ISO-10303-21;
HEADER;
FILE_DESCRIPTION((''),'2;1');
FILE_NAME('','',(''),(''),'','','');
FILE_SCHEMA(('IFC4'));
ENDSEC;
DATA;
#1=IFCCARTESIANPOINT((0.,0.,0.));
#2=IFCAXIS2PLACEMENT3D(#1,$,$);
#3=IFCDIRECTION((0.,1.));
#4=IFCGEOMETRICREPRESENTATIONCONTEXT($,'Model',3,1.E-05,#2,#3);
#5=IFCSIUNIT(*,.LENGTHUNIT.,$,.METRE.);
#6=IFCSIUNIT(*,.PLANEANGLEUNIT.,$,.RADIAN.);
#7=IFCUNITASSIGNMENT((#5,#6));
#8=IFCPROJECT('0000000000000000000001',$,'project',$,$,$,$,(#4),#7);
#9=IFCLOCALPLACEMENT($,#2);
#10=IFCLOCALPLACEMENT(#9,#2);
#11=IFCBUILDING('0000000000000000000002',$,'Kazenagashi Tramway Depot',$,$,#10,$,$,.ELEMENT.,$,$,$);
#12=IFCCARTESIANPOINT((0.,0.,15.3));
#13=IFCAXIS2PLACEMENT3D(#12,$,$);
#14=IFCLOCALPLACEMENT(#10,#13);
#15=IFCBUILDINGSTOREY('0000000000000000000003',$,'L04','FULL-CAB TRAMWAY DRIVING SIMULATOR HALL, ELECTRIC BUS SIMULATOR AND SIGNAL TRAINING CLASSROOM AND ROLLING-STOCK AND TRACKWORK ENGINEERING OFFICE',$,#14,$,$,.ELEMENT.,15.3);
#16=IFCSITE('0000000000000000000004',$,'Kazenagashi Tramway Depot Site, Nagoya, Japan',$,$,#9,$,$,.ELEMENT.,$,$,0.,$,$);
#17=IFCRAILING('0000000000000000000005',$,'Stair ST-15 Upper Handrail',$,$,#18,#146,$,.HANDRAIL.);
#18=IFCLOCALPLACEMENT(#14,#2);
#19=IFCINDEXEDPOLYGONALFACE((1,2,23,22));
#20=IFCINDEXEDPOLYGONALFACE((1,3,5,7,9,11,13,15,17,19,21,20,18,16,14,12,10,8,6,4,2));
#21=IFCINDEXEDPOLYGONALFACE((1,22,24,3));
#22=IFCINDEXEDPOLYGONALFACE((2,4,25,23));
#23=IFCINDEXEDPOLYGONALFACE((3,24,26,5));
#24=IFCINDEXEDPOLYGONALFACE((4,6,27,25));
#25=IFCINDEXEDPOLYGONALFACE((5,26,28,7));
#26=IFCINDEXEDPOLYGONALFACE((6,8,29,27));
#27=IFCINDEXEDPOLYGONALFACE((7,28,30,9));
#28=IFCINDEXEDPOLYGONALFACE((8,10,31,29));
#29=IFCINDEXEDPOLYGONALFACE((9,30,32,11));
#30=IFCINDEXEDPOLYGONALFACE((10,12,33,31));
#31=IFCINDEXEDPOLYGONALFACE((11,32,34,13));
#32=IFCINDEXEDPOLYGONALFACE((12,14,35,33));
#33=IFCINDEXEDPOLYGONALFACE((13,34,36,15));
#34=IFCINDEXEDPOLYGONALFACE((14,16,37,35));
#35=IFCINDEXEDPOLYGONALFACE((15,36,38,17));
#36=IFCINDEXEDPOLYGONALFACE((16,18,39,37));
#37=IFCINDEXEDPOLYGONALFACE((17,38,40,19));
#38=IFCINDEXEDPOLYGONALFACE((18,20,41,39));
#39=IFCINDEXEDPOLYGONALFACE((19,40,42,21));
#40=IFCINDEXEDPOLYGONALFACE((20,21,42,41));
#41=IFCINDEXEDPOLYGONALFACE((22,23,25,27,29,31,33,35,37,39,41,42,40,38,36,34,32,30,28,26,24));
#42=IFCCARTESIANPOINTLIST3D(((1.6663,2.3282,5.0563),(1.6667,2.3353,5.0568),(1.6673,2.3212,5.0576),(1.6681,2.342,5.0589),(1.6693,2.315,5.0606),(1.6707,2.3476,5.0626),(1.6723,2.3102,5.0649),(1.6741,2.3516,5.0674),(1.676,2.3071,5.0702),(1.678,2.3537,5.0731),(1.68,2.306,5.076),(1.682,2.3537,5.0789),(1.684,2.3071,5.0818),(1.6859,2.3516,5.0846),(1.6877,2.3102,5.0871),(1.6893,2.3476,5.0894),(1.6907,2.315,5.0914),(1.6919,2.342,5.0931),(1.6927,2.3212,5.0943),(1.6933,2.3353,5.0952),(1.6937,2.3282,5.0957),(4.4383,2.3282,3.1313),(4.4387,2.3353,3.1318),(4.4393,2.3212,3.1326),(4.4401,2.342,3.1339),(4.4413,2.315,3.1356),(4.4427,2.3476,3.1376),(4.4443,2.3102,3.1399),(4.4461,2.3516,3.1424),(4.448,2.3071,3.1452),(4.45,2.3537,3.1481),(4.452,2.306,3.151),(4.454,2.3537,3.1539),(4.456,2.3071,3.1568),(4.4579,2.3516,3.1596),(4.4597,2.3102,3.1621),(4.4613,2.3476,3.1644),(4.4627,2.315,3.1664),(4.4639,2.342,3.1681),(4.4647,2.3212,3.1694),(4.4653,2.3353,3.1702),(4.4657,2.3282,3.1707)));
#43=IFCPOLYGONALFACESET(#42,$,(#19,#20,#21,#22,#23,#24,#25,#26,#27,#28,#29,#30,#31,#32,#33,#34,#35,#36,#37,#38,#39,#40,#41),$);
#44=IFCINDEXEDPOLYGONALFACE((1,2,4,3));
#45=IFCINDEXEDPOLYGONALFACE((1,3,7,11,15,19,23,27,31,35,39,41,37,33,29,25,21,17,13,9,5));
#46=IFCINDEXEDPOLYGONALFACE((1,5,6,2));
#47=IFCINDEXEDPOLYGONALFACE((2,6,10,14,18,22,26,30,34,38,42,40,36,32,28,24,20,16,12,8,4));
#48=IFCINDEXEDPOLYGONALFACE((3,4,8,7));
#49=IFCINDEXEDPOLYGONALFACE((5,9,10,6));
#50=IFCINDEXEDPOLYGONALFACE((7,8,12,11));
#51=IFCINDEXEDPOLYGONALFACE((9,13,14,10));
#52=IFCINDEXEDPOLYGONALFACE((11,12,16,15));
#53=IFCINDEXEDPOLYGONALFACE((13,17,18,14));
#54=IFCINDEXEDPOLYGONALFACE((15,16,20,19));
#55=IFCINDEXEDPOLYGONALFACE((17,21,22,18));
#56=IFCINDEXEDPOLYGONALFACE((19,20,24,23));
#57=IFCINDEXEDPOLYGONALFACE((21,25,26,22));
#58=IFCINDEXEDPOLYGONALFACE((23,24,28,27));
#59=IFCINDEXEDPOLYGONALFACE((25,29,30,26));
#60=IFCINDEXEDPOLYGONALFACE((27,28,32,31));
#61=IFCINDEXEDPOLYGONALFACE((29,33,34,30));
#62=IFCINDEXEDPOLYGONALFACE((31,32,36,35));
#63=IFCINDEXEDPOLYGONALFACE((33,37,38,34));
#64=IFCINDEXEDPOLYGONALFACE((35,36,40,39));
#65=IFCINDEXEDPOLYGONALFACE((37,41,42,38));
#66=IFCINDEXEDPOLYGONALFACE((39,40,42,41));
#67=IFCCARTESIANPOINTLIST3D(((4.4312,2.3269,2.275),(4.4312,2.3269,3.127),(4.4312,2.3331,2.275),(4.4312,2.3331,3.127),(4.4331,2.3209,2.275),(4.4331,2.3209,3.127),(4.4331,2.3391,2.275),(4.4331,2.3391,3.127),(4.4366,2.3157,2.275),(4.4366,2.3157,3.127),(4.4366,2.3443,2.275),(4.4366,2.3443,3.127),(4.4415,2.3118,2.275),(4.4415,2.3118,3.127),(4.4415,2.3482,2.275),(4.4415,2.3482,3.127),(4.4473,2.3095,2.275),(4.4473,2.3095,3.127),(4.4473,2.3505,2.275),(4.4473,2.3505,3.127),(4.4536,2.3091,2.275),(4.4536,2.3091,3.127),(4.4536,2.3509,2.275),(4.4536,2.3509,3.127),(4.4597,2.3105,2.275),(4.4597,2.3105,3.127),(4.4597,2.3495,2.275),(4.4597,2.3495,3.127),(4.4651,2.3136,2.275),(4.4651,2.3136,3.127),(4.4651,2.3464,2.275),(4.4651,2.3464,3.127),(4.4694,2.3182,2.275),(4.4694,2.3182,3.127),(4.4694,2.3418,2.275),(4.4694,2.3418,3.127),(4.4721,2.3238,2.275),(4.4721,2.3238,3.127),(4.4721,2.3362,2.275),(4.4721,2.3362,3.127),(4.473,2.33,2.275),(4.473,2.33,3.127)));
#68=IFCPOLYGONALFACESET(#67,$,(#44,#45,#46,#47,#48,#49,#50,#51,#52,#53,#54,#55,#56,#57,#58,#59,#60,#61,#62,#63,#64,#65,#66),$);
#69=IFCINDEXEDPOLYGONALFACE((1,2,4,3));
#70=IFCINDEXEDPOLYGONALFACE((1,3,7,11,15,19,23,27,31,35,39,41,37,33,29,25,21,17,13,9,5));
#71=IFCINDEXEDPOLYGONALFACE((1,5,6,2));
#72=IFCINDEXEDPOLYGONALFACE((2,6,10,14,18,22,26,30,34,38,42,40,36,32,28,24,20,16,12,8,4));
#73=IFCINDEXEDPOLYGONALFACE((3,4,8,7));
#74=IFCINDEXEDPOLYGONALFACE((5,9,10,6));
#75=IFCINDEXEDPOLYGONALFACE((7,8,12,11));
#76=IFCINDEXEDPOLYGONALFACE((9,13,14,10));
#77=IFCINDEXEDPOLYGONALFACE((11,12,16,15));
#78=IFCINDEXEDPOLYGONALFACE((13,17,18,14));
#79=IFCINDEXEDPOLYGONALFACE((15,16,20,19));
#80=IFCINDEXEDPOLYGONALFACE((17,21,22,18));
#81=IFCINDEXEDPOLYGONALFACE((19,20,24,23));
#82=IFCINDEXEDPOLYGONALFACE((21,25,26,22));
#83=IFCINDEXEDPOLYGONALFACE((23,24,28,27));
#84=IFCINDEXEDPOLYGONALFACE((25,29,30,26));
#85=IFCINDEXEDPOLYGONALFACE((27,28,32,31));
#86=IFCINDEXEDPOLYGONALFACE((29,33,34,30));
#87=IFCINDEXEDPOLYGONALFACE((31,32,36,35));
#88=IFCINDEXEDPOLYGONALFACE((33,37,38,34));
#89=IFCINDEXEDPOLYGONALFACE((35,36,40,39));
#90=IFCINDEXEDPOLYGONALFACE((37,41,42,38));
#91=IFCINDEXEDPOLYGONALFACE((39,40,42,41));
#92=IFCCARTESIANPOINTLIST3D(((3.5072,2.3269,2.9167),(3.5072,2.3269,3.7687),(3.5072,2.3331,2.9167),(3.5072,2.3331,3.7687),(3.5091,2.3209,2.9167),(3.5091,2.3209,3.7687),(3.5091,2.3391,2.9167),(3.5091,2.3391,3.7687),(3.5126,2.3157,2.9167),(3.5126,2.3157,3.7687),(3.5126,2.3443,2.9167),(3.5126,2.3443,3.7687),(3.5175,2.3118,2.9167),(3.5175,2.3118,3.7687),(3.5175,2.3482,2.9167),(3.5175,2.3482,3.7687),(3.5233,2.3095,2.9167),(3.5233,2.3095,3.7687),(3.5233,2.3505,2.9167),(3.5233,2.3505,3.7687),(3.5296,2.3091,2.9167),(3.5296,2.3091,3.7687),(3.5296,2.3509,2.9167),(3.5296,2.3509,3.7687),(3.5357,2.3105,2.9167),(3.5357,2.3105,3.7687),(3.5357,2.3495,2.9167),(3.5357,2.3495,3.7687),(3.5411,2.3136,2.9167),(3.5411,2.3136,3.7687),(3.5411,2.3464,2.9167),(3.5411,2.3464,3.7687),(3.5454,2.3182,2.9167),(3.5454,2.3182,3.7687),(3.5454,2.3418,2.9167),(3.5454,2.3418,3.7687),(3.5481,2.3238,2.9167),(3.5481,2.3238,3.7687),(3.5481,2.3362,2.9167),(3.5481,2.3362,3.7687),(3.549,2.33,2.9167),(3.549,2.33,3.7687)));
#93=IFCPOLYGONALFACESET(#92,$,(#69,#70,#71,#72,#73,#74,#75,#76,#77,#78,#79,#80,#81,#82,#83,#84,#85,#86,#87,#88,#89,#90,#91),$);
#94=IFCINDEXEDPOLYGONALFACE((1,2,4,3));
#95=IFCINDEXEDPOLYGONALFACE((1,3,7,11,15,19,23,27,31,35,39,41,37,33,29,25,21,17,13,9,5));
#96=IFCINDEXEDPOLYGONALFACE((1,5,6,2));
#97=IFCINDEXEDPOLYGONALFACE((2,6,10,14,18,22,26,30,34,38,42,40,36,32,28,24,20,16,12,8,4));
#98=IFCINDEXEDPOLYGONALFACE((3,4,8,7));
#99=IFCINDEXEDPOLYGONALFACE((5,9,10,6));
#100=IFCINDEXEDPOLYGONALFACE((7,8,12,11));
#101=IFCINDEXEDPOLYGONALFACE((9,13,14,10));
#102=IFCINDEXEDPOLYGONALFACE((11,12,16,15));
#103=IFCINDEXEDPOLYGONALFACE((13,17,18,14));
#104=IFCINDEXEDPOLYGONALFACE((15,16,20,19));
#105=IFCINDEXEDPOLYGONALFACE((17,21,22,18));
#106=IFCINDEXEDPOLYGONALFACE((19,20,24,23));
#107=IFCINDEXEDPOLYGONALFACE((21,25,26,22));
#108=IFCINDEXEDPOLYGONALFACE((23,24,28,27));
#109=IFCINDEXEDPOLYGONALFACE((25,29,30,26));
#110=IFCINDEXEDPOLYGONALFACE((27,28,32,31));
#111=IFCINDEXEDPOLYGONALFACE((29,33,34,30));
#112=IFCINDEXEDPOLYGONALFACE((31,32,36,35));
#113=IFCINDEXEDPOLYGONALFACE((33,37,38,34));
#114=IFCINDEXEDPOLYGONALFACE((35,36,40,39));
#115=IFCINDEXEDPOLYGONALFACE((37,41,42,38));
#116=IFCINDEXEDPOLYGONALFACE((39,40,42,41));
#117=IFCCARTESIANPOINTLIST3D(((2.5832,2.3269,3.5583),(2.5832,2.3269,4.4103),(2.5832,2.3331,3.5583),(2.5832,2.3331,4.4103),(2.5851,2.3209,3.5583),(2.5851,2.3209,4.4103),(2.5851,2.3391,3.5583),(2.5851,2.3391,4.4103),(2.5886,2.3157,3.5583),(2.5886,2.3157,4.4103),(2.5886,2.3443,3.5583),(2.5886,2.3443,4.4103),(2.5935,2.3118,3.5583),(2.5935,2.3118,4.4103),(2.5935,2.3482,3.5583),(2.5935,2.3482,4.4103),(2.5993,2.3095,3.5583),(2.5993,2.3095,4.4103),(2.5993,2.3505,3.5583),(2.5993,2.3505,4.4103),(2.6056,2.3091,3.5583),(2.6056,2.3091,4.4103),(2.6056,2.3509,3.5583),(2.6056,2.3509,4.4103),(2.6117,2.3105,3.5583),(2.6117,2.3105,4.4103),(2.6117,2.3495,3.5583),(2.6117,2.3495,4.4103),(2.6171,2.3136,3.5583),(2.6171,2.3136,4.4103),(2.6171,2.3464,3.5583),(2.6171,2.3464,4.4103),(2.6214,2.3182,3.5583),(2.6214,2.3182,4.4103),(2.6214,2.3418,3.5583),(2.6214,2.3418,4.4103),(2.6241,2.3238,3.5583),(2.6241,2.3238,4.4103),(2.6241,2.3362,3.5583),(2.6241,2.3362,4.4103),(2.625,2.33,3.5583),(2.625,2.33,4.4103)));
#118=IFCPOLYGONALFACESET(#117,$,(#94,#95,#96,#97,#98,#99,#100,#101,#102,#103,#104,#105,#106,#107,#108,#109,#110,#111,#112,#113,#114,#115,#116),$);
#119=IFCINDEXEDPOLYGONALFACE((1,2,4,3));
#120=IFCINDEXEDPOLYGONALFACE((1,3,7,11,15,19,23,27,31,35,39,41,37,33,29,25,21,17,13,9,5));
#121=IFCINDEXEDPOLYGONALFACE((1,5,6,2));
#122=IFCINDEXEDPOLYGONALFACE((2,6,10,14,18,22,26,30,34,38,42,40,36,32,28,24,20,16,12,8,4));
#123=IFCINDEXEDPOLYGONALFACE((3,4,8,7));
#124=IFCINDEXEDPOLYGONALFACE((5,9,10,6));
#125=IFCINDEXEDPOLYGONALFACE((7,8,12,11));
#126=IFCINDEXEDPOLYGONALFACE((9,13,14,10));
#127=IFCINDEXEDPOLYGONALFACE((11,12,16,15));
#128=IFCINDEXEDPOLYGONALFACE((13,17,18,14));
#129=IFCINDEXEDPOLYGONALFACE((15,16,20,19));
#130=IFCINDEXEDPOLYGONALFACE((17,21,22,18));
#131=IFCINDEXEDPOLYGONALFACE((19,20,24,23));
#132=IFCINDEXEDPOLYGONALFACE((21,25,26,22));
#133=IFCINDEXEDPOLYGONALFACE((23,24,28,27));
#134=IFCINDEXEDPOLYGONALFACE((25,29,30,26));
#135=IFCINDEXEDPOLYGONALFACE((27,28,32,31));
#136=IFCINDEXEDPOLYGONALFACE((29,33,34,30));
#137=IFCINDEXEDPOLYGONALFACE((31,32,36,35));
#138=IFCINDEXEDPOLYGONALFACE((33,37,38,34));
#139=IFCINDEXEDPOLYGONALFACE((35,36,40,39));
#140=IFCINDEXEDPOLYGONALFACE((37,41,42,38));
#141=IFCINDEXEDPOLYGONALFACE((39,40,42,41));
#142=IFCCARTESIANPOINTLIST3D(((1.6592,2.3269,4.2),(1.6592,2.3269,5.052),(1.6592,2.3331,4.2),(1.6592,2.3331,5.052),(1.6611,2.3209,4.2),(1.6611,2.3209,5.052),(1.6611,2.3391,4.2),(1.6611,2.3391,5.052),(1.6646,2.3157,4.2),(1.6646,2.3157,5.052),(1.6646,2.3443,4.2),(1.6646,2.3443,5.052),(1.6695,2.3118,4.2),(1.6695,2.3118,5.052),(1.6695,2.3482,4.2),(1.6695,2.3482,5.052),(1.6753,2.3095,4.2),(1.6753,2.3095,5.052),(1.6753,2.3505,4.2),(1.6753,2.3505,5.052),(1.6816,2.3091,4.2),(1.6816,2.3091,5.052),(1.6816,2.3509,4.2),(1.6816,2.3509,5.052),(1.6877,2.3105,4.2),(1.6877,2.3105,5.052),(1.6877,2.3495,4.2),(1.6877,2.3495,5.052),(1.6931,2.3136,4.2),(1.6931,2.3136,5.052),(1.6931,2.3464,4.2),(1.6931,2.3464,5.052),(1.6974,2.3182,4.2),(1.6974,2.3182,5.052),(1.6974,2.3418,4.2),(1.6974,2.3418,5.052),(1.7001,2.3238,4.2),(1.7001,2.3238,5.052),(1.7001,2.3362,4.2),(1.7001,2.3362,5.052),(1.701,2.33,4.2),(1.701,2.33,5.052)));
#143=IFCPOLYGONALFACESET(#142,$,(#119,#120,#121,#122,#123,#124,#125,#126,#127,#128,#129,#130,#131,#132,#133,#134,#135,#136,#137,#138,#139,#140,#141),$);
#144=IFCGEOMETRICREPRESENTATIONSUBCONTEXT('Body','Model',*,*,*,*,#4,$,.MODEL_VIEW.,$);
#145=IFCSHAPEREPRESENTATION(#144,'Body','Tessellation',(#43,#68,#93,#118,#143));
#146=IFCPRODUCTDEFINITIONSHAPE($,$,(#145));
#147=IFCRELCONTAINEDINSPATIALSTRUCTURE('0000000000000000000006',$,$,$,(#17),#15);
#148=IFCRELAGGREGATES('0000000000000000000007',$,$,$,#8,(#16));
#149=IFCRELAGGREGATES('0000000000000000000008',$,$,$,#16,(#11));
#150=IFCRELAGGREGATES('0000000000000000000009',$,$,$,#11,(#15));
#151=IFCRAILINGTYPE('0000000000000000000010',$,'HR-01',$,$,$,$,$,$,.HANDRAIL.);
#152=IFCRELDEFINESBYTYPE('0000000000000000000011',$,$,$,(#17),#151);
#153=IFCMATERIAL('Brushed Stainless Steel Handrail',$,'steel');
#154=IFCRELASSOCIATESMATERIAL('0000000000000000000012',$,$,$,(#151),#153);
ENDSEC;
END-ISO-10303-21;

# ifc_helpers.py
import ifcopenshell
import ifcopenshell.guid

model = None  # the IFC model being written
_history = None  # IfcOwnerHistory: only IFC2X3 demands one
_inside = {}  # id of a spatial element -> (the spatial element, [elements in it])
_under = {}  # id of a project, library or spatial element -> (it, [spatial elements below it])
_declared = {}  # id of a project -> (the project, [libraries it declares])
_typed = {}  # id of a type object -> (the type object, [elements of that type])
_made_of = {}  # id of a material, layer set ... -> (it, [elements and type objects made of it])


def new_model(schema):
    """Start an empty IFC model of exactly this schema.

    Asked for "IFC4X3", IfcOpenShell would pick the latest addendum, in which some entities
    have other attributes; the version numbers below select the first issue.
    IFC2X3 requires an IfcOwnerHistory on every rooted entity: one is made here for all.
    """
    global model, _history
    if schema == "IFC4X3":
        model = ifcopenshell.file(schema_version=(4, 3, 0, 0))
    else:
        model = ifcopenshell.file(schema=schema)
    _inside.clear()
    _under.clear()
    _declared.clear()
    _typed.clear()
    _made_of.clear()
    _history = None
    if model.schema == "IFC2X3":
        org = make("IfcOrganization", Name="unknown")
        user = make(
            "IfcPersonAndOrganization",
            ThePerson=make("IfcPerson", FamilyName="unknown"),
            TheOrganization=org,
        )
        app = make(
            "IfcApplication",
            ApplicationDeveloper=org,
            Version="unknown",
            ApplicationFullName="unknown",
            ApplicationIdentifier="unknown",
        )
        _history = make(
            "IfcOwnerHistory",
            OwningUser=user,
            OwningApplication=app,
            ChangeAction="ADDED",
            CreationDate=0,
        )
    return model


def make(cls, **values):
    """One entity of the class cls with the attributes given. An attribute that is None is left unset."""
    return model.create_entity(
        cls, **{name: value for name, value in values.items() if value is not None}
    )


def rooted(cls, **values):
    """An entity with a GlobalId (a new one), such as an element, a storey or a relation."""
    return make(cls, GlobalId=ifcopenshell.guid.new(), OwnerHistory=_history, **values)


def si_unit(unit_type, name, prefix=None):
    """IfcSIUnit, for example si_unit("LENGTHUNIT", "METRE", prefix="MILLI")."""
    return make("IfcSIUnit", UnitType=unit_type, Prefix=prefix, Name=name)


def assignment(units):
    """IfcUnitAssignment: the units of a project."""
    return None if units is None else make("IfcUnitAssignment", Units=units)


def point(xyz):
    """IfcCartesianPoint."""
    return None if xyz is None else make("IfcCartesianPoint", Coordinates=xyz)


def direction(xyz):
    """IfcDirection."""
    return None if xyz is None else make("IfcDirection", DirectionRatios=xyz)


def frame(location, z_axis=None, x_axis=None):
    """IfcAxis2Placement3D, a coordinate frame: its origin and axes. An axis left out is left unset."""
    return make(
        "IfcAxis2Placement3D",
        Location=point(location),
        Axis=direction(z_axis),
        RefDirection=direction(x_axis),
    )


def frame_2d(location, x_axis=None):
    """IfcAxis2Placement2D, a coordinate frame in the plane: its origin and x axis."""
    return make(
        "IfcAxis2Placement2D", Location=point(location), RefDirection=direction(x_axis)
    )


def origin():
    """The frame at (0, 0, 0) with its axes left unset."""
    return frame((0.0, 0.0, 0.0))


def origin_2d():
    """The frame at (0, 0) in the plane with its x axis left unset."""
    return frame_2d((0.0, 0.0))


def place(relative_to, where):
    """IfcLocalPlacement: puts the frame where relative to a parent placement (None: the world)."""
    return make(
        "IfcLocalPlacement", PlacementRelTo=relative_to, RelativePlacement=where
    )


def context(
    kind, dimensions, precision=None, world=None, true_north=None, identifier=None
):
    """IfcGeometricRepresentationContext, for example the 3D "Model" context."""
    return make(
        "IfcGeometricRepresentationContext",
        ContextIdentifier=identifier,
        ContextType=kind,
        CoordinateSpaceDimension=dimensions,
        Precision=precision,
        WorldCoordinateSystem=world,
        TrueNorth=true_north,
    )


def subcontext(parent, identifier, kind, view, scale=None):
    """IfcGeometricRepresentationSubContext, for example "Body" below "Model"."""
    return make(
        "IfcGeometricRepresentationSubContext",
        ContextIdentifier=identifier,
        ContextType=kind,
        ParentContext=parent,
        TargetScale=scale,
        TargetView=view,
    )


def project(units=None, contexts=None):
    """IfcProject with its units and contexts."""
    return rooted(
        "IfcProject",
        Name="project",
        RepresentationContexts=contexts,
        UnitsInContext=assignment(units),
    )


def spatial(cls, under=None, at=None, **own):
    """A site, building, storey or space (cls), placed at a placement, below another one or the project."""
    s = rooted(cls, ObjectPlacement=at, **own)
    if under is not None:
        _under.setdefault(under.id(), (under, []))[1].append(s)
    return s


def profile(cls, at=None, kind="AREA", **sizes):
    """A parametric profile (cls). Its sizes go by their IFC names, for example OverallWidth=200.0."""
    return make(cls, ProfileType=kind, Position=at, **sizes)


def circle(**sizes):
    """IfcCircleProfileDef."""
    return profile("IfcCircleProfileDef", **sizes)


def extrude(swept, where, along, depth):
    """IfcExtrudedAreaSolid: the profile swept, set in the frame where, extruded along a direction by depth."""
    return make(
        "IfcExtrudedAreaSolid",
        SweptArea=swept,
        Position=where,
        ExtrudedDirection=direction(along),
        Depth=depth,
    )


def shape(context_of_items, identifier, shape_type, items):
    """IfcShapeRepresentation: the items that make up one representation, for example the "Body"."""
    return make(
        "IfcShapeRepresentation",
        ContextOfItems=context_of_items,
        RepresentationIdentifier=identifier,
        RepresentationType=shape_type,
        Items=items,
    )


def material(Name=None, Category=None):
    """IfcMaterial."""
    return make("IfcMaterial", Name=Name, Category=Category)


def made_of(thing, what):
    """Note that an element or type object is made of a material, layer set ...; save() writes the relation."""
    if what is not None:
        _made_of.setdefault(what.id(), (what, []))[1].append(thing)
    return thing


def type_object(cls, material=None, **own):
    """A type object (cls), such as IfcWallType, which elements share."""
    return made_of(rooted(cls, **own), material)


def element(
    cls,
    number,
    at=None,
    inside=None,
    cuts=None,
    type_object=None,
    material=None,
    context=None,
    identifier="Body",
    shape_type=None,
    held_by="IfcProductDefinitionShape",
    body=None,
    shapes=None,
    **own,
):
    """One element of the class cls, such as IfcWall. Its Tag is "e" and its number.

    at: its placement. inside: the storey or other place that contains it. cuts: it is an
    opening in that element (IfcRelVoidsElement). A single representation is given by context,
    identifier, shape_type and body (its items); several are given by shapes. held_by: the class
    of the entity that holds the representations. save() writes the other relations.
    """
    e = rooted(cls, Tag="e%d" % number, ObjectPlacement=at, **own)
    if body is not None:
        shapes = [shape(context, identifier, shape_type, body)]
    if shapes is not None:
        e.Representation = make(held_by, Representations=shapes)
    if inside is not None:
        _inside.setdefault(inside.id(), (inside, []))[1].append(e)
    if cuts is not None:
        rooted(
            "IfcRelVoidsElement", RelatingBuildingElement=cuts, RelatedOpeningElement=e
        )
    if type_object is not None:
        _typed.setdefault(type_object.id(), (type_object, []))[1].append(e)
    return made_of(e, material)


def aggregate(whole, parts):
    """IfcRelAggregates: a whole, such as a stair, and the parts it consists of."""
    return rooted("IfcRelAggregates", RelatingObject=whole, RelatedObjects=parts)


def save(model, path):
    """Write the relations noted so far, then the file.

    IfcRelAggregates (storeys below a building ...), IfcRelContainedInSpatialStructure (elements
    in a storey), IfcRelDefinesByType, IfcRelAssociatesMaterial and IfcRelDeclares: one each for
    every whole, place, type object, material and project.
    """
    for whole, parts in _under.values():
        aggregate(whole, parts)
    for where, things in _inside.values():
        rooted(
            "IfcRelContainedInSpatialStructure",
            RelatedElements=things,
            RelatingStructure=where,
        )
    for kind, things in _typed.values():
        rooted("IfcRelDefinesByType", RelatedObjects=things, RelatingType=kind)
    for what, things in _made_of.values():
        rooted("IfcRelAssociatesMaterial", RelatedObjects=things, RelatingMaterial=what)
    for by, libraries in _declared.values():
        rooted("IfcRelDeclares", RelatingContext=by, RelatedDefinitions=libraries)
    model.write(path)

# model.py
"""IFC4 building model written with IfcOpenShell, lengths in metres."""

from ifc_helpers import new_model, si_unit, direction, frame, origin, origin_2d, place, context, subcontext, project, spatial, circle, extrude, material, type_object, element, save


model = new_model("IFC4")

# Units and contexts
model_context = context("Model", 3, precision=1e-05, world=origin(), true_north=direction((0.0, 1.0)))
body_context = subcontext(model_context, "Body", "Model", "MODEL_VIEW")
ifc_project = project(units=[si_unit("LENGTHUNIT", "METRE"), si_unit("PLANEANGLEUNIT", "RADIAN")], contexts=[model_context])

# Site, building, storey
site_placement = place(None, origin())
site = spatial("IfcSite", under=ifc_project, at=site_placement, Name="Kazenagashi Tramway Depot Site, Nagoya, Japan", CompositionType="ELEMENT", RefElevation=0.0)
building_placement = place(site_placement, origin())
building = spatial("IfcBuilding", under=site, at=building_placement, Name="Kazenagashi Tramway Depot", CompositionType="ELEMENT")
storey_placement = place(building_placement, frame((0.0, 0.0, 15.3)))
storey = spatial("IfcBuildingStorey", under=building, at=storey_placement, Name="L04", Description="FULL-CAB TRAMWAY DRIVING SIMULATOR HALL, ELECTRIC BUS SIMULATOR AND SIGNAL TRAINING CLASSROOM AND ROLLING-STOCK AND TRACKWORK ENGINEERING OFFICE", CompositionType="ELEMENT", Elevation=15.3)

# Railing
ifc_material_1 = material(Name="Brushed Stainless Steel Handrail", Category="steel")
railing_type_1 = type_object("IfcRailingType", Name="HR-01", PredefinedType="HANDRAIL", material=ifc_material_1)
railing_1_placement = place(storey_placement, frame((4.452, 2.33, 2.275)))
element("IfcRailing", 1, at=railing_1_placement, inside=storey, type_object=railing_type_1, Name="Stair ST-15 Upper Handrail", PredefinedType="HANDRAIL", context=body_context, shape_type="SweptSolid", body=[
    extrude(circle(Radius=0.024, at=origin_2d()), frame((0.0, 0.0, 0.876), z_axis=(-0.82137, 0.0, 0.570396), x_axis=(0.0, -1.0, 0.0)), (0.0, 0.0, 1.0), 3.3748),
    extrude(circle(Radius=0.021, at=origin_2d()), origin(), (0.0, 0.0, 1.0), 0.852),
    extrude(circle(Radius=0.021, at=origin_2d()), frame((-0.924, 0.0, 0.6417)), (0.0, 0.0, 1.0), 0.852),
    extrude(circle(Radius=0.021, at=origin_2d()), frame((-1.848, 0.0, 1.2833)), (0.0, 0.0, 1.0), 0.852),
    extrude(circle(Radius=0.021, at=origin_2d()), frame((-2.772, 0.0, 1.925)), (0.0, 0.0, 1.0), 0.852),
])

save(model, "model.ifc")
